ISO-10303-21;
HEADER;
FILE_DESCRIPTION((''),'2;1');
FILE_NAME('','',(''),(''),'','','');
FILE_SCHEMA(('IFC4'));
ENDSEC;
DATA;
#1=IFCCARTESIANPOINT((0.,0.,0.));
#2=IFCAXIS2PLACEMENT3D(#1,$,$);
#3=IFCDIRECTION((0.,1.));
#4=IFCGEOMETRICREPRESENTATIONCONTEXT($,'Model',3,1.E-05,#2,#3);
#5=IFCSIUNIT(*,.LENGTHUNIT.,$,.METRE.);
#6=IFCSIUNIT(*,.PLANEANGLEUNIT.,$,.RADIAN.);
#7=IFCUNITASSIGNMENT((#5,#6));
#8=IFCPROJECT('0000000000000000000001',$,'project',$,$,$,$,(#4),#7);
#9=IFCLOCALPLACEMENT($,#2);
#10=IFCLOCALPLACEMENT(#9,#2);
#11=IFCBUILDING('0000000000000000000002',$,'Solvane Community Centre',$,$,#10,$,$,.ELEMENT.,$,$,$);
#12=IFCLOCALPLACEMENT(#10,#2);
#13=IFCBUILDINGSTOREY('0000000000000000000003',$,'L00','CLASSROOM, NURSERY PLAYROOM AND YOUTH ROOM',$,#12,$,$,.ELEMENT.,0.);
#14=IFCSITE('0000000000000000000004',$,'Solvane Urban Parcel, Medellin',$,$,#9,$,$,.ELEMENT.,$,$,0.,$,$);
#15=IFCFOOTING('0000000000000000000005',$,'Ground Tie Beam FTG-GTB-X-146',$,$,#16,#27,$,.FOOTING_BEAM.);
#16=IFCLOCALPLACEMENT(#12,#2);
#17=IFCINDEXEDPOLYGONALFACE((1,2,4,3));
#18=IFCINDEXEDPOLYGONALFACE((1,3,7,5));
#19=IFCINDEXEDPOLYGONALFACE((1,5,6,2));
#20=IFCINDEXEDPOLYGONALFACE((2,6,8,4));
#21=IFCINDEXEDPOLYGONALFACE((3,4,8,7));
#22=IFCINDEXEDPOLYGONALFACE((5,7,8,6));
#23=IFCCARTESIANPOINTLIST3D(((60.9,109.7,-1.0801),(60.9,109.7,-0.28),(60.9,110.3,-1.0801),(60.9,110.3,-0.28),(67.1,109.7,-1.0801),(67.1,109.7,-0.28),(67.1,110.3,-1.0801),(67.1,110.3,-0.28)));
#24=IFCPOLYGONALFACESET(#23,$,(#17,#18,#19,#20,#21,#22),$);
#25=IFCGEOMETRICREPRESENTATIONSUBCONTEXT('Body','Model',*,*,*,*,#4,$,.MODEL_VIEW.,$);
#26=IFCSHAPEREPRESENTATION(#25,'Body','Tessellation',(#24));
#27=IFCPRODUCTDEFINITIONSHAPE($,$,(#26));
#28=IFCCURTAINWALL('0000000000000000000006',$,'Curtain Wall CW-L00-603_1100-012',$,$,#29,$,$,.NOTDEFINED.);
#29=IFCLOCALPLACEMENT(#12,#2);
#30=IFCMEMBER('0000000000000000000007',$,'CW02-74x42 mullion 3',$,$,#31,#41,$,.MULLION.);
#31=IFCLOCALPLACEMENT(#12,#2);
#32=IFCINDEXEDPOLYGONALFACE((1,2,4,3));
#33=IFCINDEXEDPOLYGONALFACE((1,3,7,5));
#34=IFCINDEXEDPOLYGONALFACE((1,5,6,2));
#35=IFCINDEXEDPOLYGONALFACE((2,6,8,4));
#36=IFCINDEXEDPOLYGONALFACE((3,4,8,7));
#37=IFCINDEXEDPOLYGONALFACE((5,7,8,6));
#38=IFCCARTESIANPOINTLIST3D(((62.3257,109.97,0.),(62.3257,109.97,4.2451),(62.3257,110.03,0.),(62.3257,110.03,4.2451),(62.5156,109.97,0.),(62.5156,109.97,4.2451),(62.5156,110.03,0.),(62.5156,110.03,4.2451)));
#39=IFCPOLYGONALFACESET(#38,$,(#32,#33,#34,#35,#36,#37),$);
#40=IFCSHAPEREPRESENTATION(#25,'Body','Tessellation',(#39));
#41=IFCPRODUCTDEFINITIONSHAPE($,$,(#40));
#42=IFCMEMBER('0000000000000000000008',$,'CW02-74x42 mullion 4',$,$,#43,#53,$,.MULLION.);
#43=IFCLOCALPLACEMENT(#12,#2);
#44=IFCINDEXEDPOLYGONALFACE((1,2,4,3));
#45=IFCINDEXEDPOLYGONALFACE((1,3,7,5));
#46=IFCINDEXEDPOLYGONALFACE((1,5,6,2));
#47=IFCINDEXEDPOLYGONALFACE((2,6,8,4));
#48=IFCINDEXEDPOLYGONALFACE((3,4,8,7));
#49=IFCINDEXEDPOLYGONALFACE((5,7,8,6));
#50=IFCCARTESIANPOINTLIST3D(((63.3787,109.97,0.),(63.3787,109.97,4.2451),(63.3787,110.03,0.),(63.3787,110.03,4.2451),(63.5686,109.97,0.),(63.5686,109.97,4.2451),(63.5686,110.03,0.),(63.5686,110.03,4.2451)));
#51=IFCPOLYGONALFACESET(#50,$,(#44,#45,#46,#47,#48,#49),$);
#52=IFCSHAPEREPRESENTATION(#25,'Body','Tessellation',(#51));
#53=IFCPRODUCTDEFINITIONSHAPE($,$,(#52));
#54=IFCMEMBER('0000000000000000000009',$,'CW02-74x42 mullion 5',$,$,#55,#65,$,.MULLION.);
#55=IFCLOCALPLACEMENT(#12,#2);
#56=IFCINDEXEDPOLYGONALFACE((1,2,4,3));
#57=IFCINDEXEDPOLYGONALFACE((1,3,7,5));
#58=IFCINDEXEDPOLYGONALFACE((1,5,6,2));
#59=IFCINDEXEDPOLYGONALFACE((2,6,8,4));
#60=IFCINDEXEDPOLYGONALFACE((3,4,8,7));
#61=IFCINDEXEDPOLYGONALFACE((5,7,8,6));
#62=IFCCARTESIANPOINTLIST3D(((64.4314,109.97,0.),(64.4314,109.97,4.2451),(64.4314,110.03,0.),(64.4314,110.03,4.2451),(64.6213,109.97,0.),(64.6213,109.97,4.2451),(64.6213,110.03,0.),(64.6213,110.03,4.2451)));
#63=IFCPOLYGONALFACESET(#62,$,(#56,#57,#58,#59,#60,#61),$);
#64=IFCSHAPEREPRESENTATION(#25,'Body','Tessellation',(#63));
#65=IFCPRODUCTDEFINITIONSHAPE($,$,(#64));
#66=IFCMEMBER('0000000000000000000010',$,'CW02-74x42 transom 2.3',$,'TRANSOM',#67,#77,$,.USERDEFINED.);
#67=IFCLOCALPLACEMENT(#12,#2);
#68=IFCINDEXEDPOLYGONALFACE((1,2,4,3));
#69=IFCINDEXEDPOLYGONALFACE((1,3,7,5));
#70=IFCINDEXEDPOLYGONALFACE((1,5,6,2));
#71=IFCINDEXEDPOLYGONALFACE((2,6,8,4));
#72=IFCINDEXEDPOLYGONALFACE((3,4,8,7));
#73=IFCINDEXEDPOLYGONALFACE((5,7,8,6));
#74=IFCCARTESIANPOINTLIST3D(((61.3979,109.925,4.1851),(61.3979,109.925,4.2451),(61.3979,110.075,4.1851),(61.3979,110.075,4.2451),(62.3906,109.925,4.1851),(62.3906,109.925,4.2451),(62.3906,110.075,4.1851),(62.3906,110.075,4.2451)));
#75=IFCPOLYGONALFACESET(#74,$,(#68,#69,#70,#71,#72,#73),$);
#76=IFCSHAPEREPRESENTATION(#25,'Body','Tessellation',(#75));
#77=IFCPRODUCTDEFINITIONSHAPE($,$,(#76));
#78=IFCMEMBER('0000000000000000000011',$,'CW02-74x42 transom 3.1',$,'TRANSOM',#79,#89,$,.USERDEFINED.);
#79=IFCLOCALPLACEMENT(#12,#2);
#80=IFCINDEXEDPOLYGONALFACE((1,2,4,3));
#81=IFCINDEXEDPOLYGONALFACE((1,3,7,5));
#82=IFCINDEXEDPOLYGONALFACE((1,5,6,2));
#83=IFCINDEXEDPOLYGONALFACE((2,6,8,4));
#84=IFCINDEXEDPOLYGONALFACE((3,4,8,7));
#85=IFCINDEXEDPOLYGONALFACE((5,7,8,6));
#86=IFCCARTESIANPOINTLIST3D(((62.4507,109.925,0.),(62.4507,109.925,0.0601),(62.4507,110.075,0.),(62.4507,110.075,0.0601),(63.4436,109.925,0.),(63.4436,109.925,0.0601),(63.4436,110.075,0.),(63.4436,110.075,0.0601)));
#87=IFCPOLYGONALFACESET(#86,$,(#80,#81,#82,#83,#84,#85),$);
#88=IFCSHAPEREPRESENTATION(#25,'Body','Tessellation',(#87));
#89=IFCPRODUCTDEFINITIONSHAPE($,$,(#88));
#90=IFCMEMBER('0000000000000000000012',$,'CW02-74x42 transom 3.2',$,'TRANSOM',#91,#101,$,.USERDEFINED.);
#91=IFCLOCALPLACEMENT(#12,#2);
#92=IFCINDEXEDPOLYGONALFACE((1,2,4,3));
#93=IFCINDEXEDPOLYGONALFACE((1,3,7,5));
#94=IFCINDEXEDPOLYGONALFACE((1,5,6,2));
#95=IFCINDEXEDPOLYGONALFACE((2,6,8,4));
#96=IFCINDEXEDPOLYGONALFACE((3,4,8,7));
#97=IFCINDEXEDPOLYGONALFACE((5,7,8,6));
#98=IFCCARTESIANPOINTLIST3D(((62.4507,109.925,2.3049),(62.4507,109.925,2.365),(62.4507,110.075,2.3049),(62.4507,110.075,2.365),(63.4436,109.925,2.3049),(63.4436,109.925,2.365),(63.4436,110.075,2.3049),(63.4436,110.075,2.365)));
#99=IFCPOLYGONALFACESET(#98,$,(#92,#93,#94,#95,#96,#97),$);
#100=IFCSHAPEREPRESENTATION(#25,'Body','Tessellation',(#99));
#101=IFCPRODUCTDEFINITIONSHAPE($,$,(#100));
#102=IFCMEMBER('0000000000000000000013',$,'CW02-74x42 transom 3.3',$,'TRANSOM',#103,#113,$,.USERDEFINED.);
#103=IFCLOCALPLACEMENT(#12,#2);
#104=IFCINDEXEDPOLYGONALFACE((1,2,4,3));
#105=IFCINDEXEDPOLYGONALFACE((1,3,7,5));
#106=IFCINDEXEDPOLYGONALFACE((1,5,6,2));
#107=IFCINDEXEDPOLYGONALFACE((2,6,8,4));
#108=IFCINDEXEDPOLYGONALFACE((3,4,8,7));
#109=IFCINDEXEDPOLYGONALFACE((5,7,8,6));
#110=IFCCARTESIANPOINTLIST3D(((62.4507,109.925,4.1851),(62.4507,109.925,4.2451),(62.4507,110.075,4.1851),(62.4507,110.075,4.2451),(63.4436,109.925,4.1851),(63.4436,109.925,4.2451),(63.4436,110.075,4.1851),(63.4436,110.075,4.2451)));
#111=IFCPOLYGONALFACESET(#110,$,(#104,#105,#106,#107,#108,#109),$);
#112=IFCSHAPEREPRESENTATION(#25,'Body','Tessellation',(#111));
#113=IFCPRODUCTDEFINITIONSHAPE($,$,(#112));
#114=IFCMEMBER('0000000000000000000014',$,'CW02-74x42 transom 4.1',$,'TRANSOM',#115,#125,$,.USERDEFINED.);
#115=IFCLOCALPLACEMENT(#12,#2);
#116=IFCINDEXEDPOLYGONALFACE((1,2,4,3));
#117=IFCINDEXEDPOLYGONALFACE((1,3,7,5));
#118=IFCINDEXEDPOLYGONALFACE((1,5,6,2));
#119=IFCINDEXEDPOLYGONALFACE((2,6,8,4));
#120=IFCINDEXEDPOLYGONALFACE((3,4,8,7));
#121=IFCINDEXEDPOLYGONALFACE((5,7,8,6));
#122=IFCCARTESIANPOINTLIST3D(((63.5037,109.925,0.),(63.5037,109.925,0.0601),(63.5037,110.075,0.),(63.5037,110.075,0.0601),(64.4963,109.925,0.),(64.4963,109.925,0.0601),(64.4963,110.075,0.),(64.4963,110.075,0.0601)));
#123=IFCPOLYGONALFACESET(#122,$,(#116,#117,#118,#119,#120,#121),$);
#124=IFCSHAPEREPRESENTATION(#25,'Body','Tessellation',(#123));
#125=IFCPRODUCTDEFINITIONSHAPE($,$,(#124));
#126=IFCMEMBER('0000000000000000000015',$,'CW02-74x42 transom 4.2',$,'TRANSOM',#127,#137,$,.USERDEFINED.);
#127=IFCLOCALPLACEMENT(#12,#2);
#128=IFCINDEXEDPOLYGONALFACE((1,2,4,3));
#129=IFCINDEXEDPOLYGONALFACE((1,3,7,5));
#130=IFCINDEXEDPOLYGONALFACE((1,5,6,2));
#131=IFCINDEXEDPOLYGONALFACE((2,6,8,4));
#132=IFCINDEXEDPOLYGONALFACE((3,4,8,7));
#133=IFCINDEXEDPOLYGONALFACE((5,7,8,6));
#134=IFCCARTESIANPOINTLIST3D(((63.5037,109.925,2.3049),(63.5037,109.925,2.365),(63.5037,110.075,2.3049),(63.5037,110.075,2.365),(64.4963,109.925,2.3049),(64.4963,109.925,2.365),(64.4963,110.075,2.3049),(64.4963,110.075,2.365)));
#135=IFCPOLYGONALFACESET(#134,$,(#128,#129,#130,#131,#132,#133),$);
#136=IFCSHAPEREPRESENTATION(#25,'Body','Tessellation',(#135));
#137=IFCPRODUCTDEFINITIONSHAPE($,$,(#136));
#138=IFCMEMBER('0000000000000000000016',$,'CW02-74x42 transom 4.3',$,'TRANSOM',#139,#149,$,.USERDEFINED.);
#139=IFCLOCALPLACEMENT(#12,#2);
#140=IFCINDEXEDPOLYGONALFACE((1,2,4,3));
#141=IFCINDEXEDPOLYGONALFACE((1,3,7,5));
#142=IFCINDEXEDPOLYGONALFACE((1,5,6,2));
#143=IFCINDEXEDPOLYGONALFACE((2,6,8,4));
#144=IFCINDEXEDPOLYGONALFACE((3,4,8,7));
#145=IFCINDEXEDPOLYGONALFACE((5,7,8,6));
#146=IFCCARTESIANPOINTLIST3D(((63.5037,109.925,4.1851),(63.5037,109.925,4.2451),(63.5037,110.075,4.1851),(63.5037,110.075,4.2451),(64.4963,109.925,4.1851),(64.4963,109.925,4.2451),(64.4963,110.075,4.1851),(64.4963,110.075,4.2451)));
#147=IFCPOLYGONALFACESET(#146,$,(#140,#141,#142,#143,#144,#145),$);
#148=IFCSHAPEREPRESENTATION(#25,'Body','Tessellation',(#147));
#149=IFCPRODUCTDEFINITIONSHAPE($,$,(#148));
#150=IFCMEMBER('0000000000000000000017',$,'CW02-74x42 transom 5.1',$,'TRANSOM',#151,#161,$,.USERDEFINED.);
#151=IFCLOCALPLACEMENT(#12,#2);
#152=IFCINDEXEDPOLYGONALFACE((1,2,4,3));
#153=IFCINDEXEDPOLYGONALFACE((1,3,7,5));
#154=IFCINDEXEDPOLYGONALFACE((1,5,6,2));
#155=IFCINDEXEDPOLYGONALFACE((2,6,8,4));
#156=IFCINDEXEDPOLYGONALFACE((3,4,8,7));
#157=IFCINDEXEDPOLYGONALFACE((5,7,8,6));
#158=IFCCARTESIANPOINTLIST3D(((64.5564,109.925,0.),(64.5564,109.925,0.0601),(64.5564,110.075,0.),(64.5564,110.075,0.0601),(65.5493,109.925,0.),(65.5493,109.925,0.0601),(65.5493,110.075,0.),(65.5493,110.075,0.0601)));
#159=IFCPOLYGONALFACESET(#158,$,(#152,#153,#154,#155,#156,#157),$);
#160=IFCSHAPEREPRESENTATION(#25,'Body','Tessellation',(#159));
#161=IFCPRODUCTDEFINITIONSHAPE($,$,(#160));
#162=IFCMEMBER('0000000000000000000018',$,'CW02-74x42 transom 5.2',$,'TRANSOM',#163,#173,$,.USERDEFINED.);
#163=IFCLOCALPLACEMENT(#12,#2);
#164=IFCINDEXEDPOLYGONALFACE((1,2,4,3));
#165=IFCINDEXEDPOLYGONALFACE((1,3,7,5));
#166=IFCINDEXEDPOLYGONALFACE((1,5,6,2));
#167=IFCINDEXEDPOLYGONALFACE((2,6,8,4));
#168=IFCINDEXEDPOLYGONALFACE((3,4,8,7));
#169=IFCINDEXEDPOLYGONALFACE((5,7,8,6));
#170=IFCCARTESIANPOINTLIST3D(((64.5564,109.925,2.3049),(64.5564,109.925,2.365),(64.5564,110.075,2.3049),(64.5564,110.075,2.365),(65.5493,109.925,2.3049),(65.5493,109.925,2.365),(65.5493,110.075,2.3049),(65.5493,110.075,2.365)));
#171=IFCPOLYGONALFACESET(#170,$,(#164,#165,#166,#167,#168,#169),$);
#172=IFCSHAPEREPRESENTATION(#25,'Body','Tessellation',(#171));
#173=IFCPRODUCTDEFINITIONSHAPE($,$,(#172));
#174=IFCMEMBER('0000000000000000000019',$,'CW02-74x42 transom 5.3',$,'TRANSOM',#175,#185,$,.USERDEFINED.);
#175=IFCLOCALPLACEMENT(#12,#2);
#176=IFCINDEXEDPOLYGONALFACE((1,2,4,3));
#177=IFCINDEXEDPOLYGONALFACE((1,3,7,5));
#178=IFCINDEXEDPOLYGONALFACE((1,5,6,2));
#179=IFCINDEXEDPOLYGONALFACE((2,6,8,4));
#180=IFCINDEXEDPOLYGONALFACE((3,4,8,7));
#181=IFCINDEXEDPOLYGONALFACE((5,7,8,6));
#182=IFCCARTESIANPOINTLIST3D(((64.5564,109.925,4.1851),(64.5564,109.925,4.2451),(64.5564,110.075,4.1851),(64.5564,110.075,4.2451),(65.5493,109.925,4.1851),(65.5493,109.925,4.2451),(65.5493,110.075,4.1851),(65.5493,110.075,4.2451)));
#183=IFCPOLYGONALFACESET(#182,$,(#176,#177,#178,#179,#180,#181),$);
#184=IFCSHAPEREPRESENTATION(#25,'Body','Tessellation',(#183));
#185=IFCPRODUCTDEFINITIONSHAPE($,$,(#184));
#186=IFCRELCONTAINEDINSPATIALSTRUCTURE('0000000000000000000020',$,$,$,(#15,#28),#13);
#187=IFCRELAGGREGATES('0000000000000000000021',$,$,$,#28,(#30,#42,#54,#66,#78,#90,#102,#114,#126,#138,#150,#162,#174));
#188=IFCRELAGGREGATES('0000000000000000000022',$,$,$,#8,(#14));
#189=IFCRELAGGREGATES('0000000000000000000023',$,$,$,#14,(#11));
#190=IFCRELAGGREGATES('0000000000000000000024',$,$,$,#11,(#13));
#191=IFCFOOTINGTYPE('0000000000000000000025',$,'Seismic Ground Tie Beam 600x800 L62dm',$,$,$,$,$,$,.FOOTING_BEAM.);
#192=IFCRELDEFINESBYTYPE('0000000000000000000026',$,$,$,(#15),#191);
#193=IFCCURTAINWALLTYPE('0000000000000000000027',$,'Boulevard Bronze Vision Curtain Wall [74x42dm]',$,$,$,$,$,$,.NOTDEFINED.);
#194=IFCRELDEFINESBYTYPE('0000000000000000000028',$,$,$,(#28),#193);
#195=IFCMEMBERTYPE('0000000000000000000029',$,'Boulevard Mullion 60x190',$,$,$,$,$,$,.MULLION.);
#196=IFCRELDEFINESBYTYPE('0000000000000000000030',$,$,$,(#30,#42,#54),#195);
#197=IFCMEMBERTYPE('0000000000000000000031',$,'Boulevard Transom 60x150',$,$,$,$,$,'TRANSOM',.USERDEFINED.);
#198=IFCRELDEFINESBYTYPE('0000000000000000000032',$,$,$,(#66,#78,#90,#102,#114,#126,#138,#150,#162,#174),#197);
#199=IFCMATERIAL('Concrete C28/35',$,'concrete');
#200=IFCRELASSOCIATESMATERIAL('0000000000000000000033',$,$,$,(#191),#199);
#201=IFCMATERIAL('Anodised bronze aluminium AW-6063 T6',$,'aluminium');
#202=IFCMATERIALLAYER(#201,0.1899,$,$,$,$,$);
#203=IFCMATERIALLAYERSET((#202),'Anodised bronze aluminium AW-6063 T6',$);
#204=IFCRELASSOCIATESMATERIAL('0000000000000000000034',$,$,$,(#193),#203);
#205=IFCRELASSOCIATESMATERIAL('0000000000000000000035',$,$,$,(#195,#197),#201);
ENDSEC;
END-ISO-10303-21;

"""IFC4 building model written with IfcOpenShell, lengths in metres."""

from ifc_helpers import new_model, si_unit, direction, frame, origin, origin_2d, place, context, subcontext, project, spatial, rectangle, extrude, material, layer, layer_set, material_profile, profile_set, type_object, element, aggregate, save


model = new_model("IFC4")

# Units and contexts
model_context = context("Model", 3, precision=1e-05, world=origin(), true_north=direction((0.0, 1.0)))
body_context = subcontext(model_context, "Body", "Model", "MODEL_VIEW")
ifc_project = project(units=[si_unit("LENGTHUNIT", "METRE"), si_unit("PLANEANGLEUNIT", "RADIAN")], contexts=[model_context])

# Site, building, storey
site_placement = place(None, origin())
site = spatial("IfcSite", under=ifc_project, at=site_placement, Name="Solvane Urban Parcel, Medellin", CompositionType="ELEMENT", RefElevation=0.0)
building_placement = place(site_placement, origin())
building = spatial("IfcBuilding", under=site, at=building_placement, Name="Solvane Community Centre", CompositionType="ELEMENT")
storey_placement = place(building_placement, origin())
storey = spatial("IfcBuildingStorey", under=building, at=storey_placement, Name="L00", Description="CLASSROOM, NURSERY PLAYROOM AND YOUTH ROOM", CompositionType="ELEMENT", Elevation=0.0)

# Footing
ifc_material_1 = material(Name="Concrete C28/35", Category="concrete")
footing_type = type_object("IfcFootingType", Name="Seismic Ground Tie Beam 600x800 L62dm", PredefinedType="FOOTING_BEAM", material=ifc_material_1)
footing_placement = place(storey_placement, frame((64.0, 110.0, -1.0801), z_axis=(0.0, 0.0, 1.0), x_axis=(1.0, 0.0, 0.0)))
element("IfcFooting", 1, at=footing_placement, inside=storey, type_object=footing_type, Name="Ground Tie Beam FTG-GTB-X-146", PredefinedType="FOOTING_BEAM", context=body_context, shape_type="SweptSolid", body=[
    extrude(rectangle(XDim=6.2, YDim=0.6001, at=origin_2d()), origin(), (0.0, 0.0, 1.0), 0.8),
])

# Curtain wall, members
ifc_material_2 = material(Name="Anodised bronze aluminium AW-6063 T6", Category="aluminium")
ifc_layer_1 = layer(ifc_material_2, 0.1899)
ifc_layer_set_1 = layer_set([ifc_layer_1], Name="Anodised bronze aluminium AW-6063 T6")
curtain_wall_type = type_object("IfcCurtainWallType", Name="Boulevard Bronze Vision Curtain Wall [74x42dm]", PredefinedType="NOTDEFINED", material=ifc_layer_set_1)
curtain_wall_placement = place(storey_placement, origin())
curtain_wall = element("IfcCurtainWall", 2, at=curtain_wall_placement, inside=storey, type_object=curtain_wall_type, Name="Curtain Wall CW-L00-603_1100-012", PredefinedType="NOTDEFINED")
ifc_material_profile_1 = material_profile(ifc_material_2, rectangle(XDim=0.0601, YDim=0.1899, at=origin_2d()), Name="CW-M 60x190")
ifc_profile_set_1 = profile_set([ifc_material_profile_1], Name="Anodised bronze aluminium AW-6063 T6")
member_type_1 = type_object("IfcMemberType", Name="Boulevard Mullion 60x190", PredefinedType="MULLION", material=ifc_profile_set_1)
member_1_placement = place(storey_placement, frame((62.4207, 110.0, 0.0), z_axis=(0.0, 0.0, 1.0), x_axis=(0.0, 1.0, 0.0)))
member_1 = element("IfcMember", 3, at=member_1_placement, type_object=member_type_1, Name="CW02-74x42 mullion 3", PredefinedType="MULLION", context=body_context, shape_type="SweptSolid", body=[
    extrude(rectangle(XDim=0.0601, YDim=0.1899, at=origin_2d()), origin(), (0.0, 0.0, 1.0), 4.2451),
])
member_2_placement = place(storey_placement, frame((63.4736, 110.0, 0.0), z_axis=(0.0, 0.0, 1.0), x_axis=(0.0, 1.0, 0.0)))
member_2 = element("IfcMember", 4, at=member_2_placement, type_object=member_type_1, Name="CW02-74x42 mullion 4", PredefinedType="MULLION", context=body_context, shape_type="SweptSolid", body=[
    extrude(rectangle(XDim=0.0601, YDim=0.1899, at=origin_2d()), origin(), (0.0, 0.0, 1.0), 4.2451),
])
member_3_placement = place(storey_placement, frame((64.5264, 110.0, 0.0), z_axis=(0.0, 0.0, 1.0), x_axis=(0.0, 1.0, 0.0)))
member_3 = element("IfcMember", 5, at=member_3_placement, type_object=member_type_1, Name="CW02-74x42 mullion 5", PredefinedType="MULLION", context=body_context, shape_type="SweptSolid", body=[
    extrude(rectangle(XDim=0.0601, YDim=0.1899, at=origin_2d()), origin(), (0.0, 0.0, 1.0), 4.2451),
])
ifc_material_profile_2 = material_profile(ifc_material_2, rectangle(XDim=0.1499, YDim=0.0601, at=origin_2d()), Name="CW-T 60x150")
ifc_profile_set_2 = profile_set([ifc_material_profile_2], Name="Anodised bronze aluminium AW-6063 T6")
member_type_2 = type_object("IfcMemberType", Name="Boulevard Transom 60x150", ElementType="TRANSOM", PredefinedType="USERDEFINED", material=ifc_profile_set_2)
member_4_placement = place(storey_placement, frame((61.3979, 110.0, 4.2151), z_axis=(1.0, 0.0, 0.0), x_axis=(0.0, 1.0, 0.0)))
member_4 = element("IfcMember", 6, at=member_4_placement, type_object=member_type_2, Name="CW02-74x42 transom 2.3", ObjectType="TRANSOM", PredefinedType="USERDEFINED", context=body_context, shape_type="SweptSolid", body=[
    extrude(rectangle(XDim=0.1499, YDim=0.0601, at=origin_2d()), origin(), (0.0, 0.0, 1.0), 0.9927),
])
member_5_placement = place(storey_placement, frame((62.4507, 110.0, 0.03), z_axis=(1.0, 0.0, 0.0), x_axis=(0.0, 1.0, 0.0)))
member_5 = element("IfcMember", 7, at=member_5_placement, type_object=member_type_2, Name="CW02-74x42 transom 3.1", ObjectType="TRANSOM", PredefinedType="USERDEFINED", context=body_context, shape_type="SweptSolid", body=[
    extrude(rectangle(XDim=0.1499, YDim=0.0601, at=origin_2d()), origin(), (0.0, 0.0, 1.0), 0.9929),
])
member_6_placement = place(storey_placement, frame((62.4507, 110.0, 2.335), z_axis=(1.0, 0.0, 0.0), x_axis=(0.0, 1.0, 0.0)))
member_6 = element("IfcMember", 8, at=member_6_placement, type_object=member_type_2, Name="CW02-74x42 transom 3.2", ObjectType="TRANSOM", PredefinedType="USERDEFINED", context=body_context, shape_type="SweptSolid", body=[
    extrude(rectangle(XDim=0.1499, YDim=0.0601, at=origin_2d()), origin(), (0.0, 0.0, 1.0), 0.9929),
])
member_7_placement = place(storey_placement, frame((62.4507, 110.0, 4.2151), z_axis=(1.0, 0.0, 0.0), x_axis=(0.0, 1.0, 0.0)))
member_7 = element("IfcMember", 9, at=member_7_placement, type_object=member_type_2, Name="CW02-74x42 transom 3.3", ObjectType="TRANSOM", PredefinedType="USERDEFINED", context=body_context, shape_type="SweptSolid", body=[
    extrude(rectangle(XDim=0.1499, YDim=0.0601, at=origin_2d()), origin(), (0.0, 0.0, 1.0), 0.9929),
])
member_8_placement = place(storey_placement, frame((63.5037, 110.0, 0.03), z_axis=(1.0, 0.0, 0.0), x_axis=(0.0, 1.0, 0.0)))
member_8 = element("IfcMember", 10, at=member_8_placement, type_object=member_type_2, Name="CW02-74x42 transom 4.1", ObjectType="TRANSOM", PredefinedType="USERDEFINED", context=body_context, shape_type="SweptSolid", body=[
    extrude(rectangle(XDim=0.1499, YDim=0.0601, at=origin_2d()), origin(), (0.0, 0.0, 1.0), 0.9927),
])
member_9_placement = place(storey_placement, frame((63.5037, 110.0, 2.335), z_axis=(1.0, 0.0, 0.0), x_axis=(0.0, 1.0, 0.0)))
member_9 = element("IfcMember", 11, at=member_9_placement, type_object=member_type_2, Name="CW02-74x42 transom 4.2", ObjectType="TRANSOM", PredefinedType="USERDEFINED", context=body_context, shape_type="SweptSolid", body=[
    extrude(rectangle(XDim=0.1499, YDim=0.0601, at=origin_2d()), origin(), (0.0, 0.0, 1.0), 0.9927),
])
member_10_placement = place(storey_placement, frame((63.5037, 110.0, 4.2151), z_axis=(1.0, 0.0, 0.0), x_axis=(0.0, 1.0, 0.0)))
member_10 = element("IfcMember", 12, at=member_10_placement, type_object=member_type_2, Name="CW02-74x42 transom 4.3", ObjectType="TRANSOM", PredefinedType="USERDEFINED", context=body_context, shape_type="SweptSolid", body=[
    extrude(rectangle(XDim=0.1499, YDim=0.0601, at=origin_2d()), origin(), (0.0, 0.0, 1.0), 0.9927),
])
member_11_placement = place(storey_placement, frame((64.5564, 110.0, 0.03), z_axis=(1.0, 0.0, 0.0), x_axis=(0.0, 1.0, 0.0)))
member_11 = element("IfcMember", 13, at=member_11_placement, type_object=member_type_2, Name="CW02-74x42 transom 5.1", ObjectType="TRANSOM", PredefinedType="USERDEFINED", context=body_context, shape_type="SweptSolid", body=[
    extrude(rectangle(XDim=0.1499, YDim=0.0601, at=origin_2d()), origin(), (0.0, 0.0, 1.0), 0.9929),
])
member_12_placement = place(storey_placement, frame((64.5564, 110.0, 2.335), z_axis=(1.0, 0.0, 0.0), x_axis=(0.0, 1.0, 0.0)))
member_12 = element("IfcMember", 14, at=member_12_placement, type_object=member_type_2, Name="CW02-74x42 transom 5.2", ObjectType="TRANSOM", PredefinedType="USERDEFINED", context=body_context, shape_type="SweptSolid", body=[
    extrude(rectangle(XDim=0.1499, YDim=0.0601, at=origin_2d()), origin(), (0.0, 0.0, 1.0), 0.9929),
])
member_13_placement = place(storey_placement, frame((64.5564, 110.0, 4.2151), z_axis=(1.0, 0.0, 0.0), x_axis=(0.0, 1.0, 0.0)))
member_13 = element("IfcMember", 15, at=member_13_placement, type_object=member_type_2, Name="CW02-74x42 transom 5.3", ObjectType="TRANSOM", PredefinedType="USERDEFINED", context=body_context, shape_type="SweptSolid", body=[
    extrude(rectangle(XDim=0.1499, YDim=0.0601, at=origin_2d()), origin(), (0.0, 0.0, 1.0), 0.9929),
])
aggregate(curtain_wall, [member_1, member_2, member_3, member_4, member_5, member_6, member_7, member_8, member_9, member_10, member_11, member_12, member_13])

save(model, "model.ifc")
